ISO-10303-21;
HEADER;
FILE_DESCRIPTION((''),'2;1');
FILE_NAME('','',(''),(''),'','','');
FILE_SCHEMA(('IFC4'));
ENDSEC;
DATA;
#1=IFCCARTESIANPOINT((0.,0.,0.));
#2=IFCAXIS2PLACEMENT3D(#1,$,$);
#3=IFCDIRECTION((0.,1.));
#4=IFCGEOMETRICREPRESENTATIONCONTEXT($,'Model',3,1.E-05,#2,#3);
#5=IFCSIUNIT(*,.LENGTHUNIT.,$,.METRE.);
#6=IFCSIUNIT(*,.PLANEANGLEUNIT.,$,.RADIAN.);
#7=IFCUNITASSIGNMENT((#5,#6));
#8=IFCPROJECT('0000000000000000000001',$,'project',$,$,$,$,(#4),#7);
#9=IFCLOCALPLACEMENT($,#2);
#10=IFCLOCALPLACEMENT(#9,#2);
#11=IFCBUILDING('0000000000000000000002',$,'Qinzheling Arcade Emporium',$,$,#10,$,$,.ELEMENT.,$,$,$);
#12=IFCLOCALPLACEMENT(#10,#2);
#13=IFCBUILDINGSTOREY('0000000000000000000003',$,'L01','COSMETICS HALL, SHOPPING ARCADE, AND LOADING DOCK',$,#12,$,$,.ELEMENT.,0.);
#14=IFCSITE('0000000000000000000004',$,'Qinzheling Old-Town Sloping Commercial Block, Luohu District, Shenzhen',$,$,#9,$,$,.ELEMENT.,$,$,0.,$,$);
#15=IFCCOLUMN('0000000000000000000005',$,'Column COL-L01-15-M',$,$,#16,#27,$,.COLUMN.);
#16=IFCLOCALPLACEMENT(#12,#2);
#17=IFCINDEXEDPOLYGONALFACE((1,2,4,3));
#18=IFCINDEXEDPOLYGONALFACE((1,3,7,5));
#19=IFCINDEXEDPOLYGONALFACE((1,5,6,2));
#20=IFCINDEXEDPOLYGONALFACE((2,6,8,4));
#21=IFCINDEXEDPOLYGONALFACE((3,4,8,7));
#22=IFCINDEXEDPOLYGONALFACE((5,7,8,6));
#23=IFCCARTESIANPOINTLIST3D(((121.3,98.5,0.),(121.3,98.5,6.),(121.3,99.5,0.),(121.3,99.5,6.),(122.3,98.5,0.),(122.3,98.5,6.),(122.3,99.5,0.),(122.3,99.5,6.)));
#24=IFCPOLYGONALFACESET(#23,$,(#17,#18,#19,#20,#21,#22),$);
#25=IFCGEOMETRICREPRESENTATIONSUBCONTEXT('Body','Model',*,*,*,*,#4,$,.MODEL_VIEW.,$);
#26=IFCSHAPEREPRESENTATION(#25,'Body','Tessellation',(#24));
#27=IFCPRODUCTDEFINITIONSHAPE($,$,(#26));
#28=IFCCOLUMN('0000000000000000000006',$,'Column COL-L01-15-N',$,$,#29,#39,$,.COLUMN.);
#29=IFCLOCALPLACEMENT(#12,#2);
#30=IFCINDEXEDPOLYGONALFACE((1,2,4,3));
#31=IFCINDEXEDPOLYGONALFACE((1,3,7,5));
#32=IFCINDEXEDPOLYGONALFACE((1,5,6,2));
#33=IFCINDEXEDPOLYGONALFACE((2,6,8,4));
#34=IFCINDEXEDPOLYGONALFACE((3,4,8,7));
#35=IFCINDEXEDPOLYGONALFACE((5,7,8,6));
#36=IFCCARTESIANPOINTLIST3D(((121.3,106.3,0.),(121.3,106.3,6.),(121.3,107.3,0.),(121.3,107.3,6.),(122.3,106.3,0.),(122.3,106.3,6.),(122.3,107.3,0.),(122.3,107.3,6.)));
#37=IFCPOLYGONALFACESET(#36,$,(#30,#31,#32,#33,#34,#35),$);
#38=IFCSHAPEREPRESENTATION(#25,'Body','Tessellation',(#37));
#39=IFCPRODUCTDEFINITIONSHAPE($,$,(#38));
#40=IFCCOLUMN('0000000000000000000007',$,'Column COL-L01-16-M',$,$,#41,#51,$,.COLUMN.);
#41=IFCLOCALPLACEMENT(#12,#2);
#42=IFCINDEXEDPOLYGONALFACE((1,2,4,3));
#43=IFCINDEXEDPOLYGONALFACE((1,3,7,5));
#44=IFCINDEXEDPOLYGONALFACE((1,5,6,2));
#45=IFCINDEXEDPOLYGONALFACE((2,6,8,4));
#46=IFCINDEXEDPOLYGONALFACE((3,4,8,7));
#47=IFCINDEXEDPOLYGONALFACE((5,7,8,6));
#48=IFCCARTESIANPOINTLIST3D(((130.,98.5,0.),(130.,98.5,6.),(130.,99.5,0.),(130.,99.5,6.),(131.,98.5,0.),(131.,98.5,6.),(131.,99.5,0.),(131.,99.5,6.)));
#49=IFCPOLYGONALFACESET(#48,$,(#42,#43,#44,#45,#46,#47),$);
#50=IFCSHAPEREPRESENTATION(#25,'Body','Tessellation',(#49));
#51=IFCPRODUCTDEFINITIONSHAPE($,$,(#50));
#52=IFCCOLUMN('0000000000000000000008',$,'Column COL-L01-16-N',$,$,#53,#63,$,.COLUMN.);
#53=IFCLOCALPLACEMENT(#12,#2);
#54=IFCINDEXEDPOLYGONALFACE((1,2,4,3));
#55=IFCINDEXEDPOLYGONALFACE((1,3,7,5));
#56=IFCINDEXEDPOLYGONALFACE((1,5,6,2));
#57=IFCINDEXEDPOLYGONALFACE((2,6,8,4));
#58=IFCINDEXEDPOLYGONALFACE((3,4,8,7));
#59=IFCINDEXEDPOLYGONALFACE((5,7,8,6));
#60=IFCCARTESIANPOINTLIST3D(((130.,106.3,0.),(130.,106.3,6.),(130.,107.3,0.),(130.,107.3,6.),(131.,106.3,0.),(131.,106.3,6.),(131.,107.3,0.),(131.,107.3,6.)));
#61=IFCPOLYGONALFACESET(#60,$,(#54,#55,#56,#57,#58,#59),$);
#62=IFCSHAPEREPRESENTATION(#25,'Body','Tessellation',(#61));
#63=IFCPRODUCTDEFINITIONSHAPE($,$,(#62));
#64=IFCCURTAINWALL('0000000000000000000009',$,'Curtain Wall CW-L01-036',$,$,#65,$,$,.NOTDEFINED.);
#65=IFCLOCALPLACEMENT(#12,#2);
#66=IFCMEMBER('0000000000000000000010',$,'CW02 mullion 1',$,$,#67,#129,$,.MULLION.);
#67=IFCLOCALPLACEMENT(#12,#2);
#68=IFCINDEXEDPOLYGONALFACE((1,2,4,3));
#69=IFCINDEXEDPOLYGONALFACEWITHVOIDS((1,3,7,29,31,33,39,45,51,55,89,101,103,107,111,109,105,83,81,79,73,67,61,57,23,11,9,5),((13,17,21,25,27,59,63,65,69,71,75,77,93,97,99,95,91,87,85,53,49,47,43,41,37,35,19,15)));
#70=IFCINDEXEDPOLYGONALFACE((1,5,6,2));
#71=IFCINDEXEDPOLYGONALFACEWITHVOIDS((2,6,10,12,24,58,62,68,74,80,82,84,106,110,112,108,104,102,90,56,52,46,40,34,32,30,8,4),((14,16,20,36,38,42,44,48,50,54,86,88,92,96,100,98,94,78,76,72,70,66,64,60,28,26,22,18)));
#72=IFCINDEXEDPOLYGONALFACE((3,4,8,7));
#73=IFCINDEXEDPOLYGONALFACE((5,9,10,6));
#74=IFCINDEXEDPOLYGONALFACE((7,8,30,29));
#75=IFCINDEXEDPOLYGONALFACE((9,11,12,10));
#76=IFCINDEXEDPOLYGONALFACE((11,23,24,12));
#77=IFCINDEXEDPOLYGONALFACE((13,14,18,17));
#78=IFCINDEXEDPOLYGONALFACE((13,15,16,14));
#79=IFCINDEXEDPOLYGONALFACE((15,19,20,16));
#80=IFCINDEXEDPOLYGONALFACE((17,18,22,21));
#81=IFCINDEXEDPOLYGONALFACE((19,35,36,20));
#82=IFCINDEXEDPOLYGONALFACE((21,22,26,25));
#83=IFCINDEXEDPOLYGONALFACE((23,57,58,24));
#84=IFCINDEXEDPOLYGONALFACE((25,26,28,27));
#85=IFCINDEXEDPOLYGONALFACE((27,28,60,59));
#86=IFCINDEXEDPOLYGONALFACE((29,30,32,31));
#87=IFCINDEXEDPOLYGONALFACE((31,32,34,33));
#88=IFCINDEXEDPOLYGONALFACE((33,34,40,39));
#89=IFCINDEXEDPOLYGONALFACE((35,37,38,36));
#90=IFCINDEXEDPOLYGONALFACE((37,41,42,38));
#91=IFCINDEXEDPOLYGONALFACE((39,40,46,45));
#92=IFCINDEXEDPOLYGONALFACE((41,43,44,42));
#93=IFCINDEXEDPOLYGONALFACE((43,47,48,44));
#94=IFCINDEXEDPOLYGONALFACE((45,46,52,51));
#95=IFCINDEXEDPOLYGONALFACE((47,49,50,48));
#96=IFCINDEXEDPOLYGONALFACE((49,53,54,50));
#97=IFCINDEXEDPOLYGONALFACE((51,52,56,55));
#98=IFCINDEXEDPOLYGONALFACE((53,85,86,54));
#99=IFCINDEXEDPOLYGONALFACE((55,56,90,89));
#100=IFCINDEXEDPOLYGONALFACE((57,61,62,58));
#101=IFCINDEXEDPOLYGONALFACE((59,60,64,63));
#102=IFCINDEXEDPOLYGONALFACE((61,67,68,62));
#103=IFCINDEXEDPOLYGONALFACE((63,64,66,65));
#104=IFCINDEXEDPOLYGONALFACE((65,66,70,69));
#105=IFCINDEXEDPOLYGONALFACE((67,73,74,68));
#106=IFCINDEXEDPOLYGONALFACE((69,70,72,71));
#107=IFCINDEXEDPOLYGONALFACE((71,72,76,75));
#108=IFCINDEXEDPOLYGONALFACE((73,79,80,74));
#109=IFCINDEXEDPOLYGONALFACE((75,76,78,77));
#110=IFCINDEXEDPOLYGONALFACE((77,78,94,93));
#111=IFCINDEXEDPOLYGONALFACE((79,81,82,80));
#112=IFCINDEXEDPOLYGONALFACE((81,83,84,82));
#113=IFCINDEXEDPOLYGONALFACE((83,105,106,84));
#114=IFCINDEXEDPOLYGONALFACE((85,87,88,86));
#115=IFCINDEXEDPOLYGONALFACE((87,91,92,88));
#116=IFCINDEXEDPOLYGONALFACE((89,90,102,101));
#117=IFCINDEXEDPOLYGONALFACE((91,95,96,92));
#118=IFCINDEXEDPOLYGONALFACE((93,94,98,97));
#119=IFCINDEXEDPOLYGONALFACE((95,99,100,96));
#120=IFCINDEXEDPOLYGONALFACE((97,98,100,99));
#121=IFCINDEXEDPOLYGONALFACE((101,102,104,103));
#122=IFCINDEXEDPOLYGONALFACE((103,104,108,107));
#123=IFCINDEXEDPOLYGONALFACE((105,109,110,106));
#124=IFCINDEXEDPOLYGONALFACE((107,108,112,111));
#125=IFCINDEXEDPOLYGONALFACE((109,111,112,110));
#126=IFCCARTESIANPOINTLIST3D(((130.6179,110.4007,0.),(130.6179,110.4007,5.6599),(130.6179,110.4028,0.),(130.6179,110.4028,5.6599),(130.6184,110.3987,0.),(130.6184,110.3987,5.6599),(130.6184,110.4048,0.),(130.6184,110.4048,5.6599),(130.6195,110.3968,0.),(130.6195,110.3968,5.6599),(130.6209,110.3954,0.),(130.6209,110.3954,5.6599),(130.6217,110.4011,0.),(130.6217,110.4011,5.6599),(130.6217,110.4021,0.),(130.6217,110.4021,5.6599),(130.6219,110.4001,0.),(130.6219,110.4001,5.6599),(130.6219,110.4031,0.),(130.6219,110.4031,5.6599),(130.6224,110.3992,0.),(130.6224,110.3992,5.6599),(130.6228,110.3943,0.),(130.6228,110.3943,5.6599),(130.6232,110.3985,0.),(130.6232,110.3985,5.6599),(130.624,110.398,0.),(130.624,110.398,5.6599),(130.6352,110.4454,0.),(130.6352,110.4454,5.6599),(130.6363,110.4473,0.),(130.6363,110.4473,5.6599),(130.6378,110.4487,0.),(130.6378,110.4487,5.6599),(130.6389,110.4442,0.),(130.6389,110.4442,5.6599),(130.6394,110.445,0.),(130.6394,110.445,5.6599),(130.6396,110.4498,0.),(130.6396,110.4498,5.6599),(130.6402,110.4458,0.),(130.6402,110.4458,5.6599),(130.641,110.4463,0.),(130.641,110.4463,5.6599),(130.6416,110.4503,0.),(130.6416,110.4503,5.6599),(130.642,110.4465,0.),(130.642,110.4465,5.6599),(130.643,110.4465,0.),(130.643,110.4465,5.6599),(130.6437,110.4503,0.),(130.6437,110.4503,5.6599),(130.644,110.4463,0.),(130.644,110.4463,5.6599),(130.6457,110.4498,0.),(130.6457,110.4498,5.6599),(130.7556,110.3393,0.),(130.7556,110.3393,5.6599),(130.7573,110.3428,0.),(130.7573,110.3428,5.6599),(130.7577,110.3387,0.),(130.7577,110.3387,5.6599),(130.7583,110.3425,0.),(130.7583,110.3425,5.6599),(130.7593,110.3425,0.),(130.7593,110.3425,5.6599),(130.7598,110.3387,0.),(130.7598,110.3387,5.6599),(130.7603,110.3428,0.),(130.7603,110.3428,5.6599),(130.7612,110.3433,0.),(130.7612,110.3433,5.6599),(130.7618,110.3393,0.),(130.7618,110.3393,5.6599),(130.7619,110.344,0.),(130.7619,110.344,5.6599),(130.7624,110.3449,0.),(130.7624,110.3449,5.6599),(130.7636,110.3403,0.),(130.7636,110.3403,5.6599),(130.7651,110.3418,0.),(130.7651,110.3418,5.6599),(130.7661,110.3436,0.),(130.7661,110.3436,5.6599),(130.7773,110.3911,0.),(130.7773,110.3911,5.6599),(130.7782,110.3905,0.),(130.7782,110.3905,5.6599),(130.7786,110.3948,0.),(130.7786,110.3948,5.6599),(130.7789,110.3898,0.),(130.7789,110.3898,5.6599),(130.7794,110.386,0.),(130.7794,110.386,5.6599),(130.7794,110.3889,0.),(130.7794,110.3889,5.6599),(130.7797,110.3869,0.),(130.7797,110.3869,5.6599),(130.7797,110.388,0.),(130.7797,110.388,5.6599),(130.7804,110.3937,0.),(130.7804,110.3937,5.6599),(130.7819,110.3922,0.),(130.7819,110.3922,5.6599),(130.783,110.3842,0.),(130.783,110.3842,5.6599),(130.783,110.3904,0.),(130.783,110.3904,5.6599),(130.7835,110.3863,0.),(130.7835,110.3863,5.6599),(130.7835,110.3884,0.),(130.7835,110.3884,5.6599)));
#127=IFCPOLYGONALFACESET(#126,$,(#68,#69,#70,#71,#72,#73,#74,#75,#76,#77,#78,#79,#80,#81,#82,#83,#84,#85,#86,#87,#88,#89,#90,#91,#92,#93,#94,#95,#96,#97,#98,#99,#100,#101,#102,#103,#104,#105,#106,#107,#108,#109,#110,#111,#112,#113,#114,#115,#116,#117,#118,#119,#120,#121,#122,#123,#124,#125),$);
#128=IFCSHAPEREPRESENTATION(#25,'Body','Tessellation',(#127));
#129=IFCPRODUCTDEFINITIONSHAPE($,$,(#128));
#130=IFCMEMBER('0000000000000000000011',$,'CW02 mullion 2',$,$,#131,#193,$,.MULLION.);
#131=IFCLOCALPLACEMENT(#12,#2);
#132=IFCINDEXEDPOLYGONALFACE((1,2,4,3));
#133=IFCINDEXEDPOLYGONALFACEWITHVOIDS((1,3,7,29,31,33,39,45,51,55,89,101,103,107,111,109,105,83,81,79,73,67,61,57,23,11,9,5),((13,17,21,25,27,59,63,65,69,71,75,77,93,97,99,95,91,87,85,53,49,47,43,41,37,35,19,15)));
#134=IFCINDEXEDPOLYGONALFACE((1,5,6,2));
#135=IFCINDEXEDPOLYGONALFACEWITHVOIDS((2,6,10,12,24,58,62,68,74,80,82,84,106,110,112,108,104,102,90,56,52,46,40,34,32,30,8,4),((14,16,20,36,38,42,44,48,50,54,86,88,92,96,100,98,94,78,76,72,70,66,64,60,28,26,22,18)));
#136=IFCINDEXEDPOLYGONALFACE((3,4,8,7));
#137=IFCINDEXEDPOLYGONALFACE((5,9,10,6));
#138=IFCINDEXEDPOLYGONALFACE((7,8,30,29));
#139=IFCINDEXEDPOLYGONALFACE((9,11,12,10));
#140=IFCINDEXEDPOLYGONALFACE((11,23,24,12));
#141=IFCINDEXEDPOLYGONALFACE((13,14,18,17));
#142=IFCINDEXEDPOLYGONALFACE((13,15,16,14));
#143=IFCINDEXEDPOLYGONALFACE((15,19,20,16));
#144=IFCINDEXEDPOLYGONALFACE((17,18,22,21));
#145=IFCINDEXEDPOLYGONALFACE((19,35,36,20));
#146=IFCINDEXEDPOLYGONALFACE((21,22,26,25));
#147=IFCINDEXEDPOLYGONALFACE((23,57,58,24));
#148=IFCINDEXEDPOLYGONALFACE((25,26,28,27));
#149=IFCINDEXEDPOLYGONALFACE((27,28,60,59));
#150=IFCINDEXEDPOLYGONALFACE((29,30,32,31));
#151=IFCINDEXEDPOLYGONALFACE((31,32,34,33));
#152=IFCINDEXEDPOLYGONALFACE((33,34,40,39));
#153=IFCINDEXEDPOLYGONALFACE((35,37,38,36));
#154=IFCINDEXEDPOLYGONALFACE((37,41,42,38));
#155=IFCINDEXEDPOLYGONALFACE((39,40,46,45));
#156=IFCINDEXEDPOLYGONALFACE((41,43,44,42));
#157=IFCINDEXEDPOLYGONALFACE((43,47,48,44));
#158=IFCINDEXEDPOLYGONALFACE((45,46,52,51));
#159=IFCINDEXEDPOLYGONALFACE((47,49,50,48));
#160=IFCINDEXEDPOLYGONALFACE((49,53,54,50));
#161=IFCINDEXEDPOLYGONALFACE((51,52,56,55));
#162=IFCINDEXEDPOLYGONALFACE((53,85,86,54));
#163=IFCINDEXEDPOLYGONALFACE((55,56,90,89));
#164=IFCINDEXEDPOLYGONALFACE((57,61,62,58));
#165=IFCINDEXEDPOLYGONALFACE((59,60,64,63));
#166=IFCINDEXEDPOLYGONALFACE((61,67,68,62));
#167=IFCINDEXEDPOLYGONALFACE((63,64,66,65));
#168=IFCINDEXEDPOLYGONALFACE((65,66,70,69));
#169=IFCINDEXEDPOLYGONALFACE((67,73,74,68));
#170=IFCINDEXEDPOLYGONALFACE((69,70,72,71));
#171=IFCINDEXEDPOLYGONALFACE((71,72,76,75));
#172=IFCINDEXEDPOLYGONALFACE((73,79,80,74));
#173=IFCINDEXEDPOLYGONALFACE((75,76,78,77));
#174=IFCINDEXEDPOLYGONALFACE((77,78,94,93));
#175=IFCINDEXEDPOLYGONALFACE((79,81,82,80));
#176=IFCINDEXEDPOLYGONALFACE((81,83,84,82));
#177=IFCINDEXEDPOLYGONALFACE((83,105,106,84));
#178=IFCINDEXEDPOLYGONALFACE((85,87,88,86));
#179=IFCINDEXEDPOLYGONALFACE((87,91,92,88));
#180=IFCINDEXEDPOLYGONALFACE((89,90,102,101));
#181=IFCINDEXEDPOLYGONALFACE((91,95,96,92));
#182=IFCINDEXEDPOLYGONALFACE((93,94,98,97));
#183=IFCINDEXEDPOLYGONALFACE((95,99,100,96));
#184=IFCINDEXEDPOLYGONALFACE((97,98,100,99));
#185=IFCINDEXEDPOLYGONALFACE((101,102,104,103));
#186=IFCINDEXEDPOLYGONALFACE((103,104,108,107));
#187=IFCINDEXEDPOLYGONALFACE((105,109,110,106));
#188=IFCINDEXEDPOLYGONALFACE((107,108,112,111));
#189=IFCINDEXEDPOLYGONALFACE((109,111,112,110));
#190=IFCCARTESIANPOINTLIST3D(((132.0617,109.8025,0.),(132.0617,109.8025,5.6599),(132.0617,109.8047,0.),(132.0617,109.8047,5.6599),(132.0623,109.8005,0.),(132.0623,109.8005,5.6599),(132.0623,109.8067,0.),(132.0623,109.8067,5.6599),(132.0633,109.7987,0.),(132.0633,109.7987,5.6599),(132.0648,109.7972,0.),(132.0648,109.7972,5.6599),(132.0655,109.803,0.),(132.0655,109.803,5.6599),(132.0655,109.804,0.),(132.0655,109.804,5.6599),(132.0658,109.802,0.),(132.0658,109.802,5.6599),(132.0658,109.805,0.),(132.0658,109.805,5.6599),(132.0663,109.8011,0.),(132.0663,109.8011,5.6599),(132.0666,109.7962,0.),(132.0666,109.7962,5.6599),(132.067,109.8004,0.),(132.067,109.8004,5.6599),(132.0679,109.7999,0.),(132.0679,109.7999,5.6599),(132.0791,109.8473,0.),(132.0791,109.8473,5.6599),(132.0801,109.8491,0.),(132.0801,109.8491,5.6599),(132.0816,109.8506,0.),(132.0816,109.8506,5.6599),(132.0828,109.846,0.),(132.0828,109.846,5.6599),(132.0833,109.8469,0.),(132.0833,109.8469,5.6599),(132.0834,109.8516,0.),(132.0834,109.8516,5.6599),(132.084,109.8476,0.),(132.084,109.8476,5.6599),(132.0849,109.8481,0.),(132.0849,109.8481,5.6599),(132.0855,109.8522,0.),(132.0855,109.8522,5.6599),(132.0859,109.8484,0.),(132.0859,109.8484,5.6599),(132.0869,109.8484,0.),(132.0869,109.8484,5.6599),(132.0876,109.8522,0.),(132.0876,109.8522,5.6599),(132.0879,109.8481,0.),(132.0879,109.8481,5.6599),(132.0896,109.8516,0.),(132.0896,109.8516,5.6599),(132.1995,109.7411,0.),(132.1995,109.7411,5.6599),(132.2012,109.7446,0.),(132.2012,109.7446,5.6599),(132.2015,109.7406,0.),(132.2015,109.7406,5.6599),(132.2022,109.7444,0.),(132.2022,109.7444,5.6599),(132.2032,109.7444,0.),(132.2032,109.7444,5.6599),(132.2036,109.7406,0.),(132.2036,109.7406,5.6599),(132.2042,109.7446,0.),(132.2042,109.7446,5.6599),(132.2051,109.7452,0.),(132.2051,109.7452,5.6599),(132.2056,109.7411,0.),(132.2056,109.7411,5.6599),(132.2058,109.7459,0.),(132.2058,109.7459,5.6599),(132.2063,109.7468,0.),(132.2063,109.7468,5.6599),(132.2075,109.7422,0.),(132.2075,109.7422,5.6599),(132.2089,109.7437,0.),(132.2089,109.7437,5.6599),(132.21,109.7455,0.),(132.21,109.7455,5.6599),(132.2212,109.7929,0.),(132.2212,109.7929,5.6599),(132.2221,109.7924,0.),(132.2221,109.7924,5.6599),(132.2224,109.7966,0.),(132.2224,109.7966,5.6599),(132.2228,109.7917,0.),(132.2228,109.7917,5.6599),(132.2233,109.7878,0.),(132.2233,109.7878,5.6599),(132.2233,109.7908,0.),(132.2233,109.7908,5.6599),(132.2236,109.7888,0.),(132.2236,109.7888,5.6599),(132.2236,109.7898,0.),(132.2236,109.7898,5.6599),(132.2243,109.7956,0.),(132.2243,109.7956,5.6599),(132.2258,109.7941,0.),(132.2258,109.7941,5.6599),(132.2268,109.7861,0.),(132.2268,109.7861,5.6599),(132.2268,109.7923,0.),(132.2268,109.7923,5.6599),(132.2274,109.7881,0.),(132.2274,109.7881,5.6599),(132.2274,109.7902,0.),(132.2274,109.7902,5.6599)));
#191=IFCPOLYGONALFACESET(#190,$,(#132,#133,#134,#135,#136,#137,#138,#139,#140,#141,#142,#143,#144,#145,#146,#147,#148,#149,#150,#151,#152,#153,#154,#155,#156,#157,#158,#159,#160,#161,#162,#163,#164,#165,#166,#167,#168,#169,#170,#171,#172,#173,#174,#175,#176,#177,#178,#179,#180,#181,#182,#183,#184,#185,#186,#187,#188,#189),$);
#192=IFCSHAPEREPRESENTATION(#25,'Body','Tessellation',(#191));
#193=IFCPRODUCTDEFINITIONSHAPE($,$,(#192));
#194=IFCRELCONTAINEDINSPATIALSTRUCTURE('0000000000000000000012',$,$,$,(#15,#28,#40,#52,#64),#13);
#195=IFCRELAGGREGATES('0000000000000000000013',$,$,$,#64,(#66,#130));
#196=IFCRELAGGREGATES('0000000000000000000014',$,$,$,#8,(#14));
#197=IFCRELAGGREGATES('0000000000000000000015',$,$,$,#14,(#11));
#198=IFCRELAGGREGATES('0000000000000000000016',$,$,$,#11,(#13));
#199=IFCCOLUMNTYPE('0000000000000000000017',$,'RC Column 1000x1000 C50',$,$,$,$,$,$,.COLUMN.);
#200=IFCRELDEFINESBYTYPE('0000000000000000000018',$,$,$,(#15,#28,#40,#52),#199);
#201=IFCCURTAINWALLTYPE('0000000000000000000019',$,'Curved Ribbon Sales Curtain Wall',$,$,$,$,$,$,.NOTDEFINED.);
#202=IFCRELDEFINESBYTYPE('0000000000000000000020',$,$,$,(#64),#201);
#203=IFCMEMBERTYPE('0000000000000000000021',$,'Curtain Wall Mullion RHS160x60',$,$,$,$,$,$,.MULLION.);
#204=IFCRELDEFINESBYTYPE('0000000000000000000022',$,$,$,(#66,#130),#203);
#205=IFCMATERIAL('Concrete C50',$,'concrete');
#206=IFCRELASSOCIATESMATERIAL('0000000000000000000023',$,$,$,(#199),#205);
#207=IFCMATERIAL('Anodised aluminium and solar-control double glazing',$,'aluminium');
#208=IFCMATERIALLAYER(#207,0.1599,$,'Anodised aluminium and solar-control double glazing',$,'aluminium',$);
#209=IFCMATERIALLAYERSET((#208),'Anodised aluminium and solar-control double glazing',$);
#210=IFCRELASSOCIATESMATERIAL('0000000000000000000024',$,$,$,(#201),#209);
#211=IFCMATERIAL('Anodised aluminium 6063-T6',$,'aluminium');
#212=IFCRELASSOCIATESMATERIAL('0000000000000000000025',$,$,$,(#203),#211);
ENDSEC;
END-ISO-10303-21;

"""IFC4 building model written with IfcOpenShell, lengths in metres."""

from ifc_helpers import new_model, si_unit, direction, frame, origin, origin_2d, place, context, subcontext, project, spatial, rectangle, hollow_rectangle, extrude, material, layer, layer_set, material_profile, profile_set, type_object, element, aggregate, save


model = new_model("IFC4")

# Units and contexts
model_context = context("Model", 3, precision=1e-05, world=origin(), true_north=direction((0.0, 1.0)))
body_context = subcontext(model_context, "Body", "Model", "MODEL_VIEW")
ifc_project = project(units=[si_unit("LENGTHUNIT", "METRE"), si_unit("PLANEANGLEUNIT", "RADIAN")], contexts=[model_context])

# Site, building, storey
site_placement = place(None, origin())
site = spatial("IfcSite", under=ifc_project, at=site_placement, Name="Qinzheling Old-Town Sloping Commercial Block, Luohu District, Shenzhen", CompositionType="ELEMENT", RefElevation=0.0)
building_placement = place(site_placement, origin())
building = spatial("IfcBuilding", under=site, at=building_placement, Name="Qinzheling Arcade Emporium", CompositionType="ELEMENT")
storey_placement = place(building_placement, origin())
storey = spatial("IfcBuildingStorey", under=building, at=storey_placement, Name="L01", Description="COSMETICS HALL, SHOPPING ARCADE, AND LOADING DOCK", CompositionType="ELEMENT", Elevation=0.0)

# Columns
ifc_material_1 = material(Name="Concrete C50", Category="concrete")
ifc_material_profile_1 = material_profile(ifc_material_1, rectangle(XDim=1.0, YDim=1.0, at=origin_2d()), Name="RC 1000x1000", Category="concrete")
ifc_profile_set_1 = profile_set([ifc_material_profile_1], Name="Concrete C50")
column_type = type_object("IfcColumnType", Name="RC Column 1000x1000 C50", PredefinedType="COLUMN", material=ifc_profile_set_1)
for number, where, z_axis, x_axis, name in (
    (1, (121.8, 99.0, 0.0), (0.0, 0.0, 1.0), (1.0, 0.0, 0.0), "Column COL-L01-15-M"),
    (2, (121.8, 106.8, 0.0), (0.0, 0.0, 1.0), (1.0, 0.0, 0.0), "Column COL-L01-15-N"),
    (3, (130.5, 99.0, 0.0), (0.0, 0.0, 1.0), (1.0, 0.0, 0.0), "Column COL-L01-16-M"),
    (4, (130.5, 106.8, 0.0), (0.0, 0.0, 1.0), (1.0, 0.0, 0.0), "Column COL-L01-16-N"),
):
    element("IfcColumn", number, at=place(storey_placement, frame(where, z_axis=z_axis, x_axis=x_axis)), inside=storey, type_object=column_type, Name=name, PredefinedType="COLUMN", context=body_context, shape_type="SweptSolid", body=[
        extrude(rectangle(XDim=1.0, YDim=1.0, at=origin_2d()), origin(), (0.0, 0.0, 1.0), 6.0),
    ])

# Curtain wall, members
ifc_material_2 = material(Name="Anodised aluminium and solar-control double glazing", Category="aluminium")
ifc_layer_1 = layer(ifc_material_2, 0.1599, Name="Anodised aluminium and solar-control double glazing", Category="aluminium")
ifc_layer_set_1 = layer_set([ifc_layer_1], Name="Anodised aluminium and solar-control double glazing")
curtain_wall_type = type_object("IfcCurtainWallType", Name="Curved Ribbon Sales Curtain Wall", PredefinedType="NOTDEFINED", material=ifc_layer_set_1)
curtain_wall_placement = place(storey_placement, origin())
curtain_wall = element("IfcCurtainWall", 5, at=curtain_wall_placement, inside=storey, type_object=curtain_wall_type, Name="Curtain Wall CW-L01-036", PredefinedType="NOTDEFINED")
ifc_material_3 = material(Name="Anodised aluminium 6063-T6", Category="aluminium")
ifc_material_profile_2 = material_profile(ifc_material_3, hollow_rectangle(XDim=0.0601, YDim=0.1599, WallThickness=0.0039, InnerFilletRadius=0.0039, OuterFilletRadius=0.0081, at=origin_2d()), Name="RHS 160x60x4", Category="aluminium")
ifc_profile_set_2 = profile_set([ifc_material_profile_2], Name="Anodised aluminium 6063-T6")
member_type_1 = type_object("IfcMemberType", Name="Curtain Wall Mullion RHS160x60", PredefinedType="MULLION", material=ifc_profile_set_2)
member_1_placement = place(storey_placement, frame((130.7007, 110.3945, 0.0), z_axis=(0.0, 0.0, 1.0), x_axis=(0.382675, 0.923883, 0.0)))
member_1 = element("IfcMember", 6, at=member_1_placement, type_object=member_type_1, Name="CW02 mullion 1", PredefinedType="MULLION", context=body_context, shape_type="SweptSolid", body=[
    extrude(hollow_rectangle(XDim=0.0601, YDim=0.1599, WallThickness=0.0039, InnerFilletRadius=0.0039, OuterFilletRadius=0.0081, at=origin_2d()), origin(), (0.0, 0.0, 1.0), 5.6599),
])
member_2_placement = place(storey_placement, frame((132.1445, 109.7964, 0.0), z_axis=(0.0, 0.0, 1.0), x_axis=(0.382675, 0.923883, 0.0)))
member_2 = element("IfcMember", 7, at=member_2_placement, type_object=member_type_1, Name="CW02 mullion 2", PredefinedType="MULLION", context=body_context, shape_type="SweptSolid", body=[
    extrude(hollow_rectangle(XDim=0.0601, YDim=0.1599, WallThickness=0.0039, InnerFilletRadius=0.0039, OuterFilletRadius=0.0081, at=origin_2d()), origin(), (0.0, 0.0, 1.0), 5.6599),
])

aggregate(curtain_wall, [member_1, member_2])

save(model, "model.ifc")
